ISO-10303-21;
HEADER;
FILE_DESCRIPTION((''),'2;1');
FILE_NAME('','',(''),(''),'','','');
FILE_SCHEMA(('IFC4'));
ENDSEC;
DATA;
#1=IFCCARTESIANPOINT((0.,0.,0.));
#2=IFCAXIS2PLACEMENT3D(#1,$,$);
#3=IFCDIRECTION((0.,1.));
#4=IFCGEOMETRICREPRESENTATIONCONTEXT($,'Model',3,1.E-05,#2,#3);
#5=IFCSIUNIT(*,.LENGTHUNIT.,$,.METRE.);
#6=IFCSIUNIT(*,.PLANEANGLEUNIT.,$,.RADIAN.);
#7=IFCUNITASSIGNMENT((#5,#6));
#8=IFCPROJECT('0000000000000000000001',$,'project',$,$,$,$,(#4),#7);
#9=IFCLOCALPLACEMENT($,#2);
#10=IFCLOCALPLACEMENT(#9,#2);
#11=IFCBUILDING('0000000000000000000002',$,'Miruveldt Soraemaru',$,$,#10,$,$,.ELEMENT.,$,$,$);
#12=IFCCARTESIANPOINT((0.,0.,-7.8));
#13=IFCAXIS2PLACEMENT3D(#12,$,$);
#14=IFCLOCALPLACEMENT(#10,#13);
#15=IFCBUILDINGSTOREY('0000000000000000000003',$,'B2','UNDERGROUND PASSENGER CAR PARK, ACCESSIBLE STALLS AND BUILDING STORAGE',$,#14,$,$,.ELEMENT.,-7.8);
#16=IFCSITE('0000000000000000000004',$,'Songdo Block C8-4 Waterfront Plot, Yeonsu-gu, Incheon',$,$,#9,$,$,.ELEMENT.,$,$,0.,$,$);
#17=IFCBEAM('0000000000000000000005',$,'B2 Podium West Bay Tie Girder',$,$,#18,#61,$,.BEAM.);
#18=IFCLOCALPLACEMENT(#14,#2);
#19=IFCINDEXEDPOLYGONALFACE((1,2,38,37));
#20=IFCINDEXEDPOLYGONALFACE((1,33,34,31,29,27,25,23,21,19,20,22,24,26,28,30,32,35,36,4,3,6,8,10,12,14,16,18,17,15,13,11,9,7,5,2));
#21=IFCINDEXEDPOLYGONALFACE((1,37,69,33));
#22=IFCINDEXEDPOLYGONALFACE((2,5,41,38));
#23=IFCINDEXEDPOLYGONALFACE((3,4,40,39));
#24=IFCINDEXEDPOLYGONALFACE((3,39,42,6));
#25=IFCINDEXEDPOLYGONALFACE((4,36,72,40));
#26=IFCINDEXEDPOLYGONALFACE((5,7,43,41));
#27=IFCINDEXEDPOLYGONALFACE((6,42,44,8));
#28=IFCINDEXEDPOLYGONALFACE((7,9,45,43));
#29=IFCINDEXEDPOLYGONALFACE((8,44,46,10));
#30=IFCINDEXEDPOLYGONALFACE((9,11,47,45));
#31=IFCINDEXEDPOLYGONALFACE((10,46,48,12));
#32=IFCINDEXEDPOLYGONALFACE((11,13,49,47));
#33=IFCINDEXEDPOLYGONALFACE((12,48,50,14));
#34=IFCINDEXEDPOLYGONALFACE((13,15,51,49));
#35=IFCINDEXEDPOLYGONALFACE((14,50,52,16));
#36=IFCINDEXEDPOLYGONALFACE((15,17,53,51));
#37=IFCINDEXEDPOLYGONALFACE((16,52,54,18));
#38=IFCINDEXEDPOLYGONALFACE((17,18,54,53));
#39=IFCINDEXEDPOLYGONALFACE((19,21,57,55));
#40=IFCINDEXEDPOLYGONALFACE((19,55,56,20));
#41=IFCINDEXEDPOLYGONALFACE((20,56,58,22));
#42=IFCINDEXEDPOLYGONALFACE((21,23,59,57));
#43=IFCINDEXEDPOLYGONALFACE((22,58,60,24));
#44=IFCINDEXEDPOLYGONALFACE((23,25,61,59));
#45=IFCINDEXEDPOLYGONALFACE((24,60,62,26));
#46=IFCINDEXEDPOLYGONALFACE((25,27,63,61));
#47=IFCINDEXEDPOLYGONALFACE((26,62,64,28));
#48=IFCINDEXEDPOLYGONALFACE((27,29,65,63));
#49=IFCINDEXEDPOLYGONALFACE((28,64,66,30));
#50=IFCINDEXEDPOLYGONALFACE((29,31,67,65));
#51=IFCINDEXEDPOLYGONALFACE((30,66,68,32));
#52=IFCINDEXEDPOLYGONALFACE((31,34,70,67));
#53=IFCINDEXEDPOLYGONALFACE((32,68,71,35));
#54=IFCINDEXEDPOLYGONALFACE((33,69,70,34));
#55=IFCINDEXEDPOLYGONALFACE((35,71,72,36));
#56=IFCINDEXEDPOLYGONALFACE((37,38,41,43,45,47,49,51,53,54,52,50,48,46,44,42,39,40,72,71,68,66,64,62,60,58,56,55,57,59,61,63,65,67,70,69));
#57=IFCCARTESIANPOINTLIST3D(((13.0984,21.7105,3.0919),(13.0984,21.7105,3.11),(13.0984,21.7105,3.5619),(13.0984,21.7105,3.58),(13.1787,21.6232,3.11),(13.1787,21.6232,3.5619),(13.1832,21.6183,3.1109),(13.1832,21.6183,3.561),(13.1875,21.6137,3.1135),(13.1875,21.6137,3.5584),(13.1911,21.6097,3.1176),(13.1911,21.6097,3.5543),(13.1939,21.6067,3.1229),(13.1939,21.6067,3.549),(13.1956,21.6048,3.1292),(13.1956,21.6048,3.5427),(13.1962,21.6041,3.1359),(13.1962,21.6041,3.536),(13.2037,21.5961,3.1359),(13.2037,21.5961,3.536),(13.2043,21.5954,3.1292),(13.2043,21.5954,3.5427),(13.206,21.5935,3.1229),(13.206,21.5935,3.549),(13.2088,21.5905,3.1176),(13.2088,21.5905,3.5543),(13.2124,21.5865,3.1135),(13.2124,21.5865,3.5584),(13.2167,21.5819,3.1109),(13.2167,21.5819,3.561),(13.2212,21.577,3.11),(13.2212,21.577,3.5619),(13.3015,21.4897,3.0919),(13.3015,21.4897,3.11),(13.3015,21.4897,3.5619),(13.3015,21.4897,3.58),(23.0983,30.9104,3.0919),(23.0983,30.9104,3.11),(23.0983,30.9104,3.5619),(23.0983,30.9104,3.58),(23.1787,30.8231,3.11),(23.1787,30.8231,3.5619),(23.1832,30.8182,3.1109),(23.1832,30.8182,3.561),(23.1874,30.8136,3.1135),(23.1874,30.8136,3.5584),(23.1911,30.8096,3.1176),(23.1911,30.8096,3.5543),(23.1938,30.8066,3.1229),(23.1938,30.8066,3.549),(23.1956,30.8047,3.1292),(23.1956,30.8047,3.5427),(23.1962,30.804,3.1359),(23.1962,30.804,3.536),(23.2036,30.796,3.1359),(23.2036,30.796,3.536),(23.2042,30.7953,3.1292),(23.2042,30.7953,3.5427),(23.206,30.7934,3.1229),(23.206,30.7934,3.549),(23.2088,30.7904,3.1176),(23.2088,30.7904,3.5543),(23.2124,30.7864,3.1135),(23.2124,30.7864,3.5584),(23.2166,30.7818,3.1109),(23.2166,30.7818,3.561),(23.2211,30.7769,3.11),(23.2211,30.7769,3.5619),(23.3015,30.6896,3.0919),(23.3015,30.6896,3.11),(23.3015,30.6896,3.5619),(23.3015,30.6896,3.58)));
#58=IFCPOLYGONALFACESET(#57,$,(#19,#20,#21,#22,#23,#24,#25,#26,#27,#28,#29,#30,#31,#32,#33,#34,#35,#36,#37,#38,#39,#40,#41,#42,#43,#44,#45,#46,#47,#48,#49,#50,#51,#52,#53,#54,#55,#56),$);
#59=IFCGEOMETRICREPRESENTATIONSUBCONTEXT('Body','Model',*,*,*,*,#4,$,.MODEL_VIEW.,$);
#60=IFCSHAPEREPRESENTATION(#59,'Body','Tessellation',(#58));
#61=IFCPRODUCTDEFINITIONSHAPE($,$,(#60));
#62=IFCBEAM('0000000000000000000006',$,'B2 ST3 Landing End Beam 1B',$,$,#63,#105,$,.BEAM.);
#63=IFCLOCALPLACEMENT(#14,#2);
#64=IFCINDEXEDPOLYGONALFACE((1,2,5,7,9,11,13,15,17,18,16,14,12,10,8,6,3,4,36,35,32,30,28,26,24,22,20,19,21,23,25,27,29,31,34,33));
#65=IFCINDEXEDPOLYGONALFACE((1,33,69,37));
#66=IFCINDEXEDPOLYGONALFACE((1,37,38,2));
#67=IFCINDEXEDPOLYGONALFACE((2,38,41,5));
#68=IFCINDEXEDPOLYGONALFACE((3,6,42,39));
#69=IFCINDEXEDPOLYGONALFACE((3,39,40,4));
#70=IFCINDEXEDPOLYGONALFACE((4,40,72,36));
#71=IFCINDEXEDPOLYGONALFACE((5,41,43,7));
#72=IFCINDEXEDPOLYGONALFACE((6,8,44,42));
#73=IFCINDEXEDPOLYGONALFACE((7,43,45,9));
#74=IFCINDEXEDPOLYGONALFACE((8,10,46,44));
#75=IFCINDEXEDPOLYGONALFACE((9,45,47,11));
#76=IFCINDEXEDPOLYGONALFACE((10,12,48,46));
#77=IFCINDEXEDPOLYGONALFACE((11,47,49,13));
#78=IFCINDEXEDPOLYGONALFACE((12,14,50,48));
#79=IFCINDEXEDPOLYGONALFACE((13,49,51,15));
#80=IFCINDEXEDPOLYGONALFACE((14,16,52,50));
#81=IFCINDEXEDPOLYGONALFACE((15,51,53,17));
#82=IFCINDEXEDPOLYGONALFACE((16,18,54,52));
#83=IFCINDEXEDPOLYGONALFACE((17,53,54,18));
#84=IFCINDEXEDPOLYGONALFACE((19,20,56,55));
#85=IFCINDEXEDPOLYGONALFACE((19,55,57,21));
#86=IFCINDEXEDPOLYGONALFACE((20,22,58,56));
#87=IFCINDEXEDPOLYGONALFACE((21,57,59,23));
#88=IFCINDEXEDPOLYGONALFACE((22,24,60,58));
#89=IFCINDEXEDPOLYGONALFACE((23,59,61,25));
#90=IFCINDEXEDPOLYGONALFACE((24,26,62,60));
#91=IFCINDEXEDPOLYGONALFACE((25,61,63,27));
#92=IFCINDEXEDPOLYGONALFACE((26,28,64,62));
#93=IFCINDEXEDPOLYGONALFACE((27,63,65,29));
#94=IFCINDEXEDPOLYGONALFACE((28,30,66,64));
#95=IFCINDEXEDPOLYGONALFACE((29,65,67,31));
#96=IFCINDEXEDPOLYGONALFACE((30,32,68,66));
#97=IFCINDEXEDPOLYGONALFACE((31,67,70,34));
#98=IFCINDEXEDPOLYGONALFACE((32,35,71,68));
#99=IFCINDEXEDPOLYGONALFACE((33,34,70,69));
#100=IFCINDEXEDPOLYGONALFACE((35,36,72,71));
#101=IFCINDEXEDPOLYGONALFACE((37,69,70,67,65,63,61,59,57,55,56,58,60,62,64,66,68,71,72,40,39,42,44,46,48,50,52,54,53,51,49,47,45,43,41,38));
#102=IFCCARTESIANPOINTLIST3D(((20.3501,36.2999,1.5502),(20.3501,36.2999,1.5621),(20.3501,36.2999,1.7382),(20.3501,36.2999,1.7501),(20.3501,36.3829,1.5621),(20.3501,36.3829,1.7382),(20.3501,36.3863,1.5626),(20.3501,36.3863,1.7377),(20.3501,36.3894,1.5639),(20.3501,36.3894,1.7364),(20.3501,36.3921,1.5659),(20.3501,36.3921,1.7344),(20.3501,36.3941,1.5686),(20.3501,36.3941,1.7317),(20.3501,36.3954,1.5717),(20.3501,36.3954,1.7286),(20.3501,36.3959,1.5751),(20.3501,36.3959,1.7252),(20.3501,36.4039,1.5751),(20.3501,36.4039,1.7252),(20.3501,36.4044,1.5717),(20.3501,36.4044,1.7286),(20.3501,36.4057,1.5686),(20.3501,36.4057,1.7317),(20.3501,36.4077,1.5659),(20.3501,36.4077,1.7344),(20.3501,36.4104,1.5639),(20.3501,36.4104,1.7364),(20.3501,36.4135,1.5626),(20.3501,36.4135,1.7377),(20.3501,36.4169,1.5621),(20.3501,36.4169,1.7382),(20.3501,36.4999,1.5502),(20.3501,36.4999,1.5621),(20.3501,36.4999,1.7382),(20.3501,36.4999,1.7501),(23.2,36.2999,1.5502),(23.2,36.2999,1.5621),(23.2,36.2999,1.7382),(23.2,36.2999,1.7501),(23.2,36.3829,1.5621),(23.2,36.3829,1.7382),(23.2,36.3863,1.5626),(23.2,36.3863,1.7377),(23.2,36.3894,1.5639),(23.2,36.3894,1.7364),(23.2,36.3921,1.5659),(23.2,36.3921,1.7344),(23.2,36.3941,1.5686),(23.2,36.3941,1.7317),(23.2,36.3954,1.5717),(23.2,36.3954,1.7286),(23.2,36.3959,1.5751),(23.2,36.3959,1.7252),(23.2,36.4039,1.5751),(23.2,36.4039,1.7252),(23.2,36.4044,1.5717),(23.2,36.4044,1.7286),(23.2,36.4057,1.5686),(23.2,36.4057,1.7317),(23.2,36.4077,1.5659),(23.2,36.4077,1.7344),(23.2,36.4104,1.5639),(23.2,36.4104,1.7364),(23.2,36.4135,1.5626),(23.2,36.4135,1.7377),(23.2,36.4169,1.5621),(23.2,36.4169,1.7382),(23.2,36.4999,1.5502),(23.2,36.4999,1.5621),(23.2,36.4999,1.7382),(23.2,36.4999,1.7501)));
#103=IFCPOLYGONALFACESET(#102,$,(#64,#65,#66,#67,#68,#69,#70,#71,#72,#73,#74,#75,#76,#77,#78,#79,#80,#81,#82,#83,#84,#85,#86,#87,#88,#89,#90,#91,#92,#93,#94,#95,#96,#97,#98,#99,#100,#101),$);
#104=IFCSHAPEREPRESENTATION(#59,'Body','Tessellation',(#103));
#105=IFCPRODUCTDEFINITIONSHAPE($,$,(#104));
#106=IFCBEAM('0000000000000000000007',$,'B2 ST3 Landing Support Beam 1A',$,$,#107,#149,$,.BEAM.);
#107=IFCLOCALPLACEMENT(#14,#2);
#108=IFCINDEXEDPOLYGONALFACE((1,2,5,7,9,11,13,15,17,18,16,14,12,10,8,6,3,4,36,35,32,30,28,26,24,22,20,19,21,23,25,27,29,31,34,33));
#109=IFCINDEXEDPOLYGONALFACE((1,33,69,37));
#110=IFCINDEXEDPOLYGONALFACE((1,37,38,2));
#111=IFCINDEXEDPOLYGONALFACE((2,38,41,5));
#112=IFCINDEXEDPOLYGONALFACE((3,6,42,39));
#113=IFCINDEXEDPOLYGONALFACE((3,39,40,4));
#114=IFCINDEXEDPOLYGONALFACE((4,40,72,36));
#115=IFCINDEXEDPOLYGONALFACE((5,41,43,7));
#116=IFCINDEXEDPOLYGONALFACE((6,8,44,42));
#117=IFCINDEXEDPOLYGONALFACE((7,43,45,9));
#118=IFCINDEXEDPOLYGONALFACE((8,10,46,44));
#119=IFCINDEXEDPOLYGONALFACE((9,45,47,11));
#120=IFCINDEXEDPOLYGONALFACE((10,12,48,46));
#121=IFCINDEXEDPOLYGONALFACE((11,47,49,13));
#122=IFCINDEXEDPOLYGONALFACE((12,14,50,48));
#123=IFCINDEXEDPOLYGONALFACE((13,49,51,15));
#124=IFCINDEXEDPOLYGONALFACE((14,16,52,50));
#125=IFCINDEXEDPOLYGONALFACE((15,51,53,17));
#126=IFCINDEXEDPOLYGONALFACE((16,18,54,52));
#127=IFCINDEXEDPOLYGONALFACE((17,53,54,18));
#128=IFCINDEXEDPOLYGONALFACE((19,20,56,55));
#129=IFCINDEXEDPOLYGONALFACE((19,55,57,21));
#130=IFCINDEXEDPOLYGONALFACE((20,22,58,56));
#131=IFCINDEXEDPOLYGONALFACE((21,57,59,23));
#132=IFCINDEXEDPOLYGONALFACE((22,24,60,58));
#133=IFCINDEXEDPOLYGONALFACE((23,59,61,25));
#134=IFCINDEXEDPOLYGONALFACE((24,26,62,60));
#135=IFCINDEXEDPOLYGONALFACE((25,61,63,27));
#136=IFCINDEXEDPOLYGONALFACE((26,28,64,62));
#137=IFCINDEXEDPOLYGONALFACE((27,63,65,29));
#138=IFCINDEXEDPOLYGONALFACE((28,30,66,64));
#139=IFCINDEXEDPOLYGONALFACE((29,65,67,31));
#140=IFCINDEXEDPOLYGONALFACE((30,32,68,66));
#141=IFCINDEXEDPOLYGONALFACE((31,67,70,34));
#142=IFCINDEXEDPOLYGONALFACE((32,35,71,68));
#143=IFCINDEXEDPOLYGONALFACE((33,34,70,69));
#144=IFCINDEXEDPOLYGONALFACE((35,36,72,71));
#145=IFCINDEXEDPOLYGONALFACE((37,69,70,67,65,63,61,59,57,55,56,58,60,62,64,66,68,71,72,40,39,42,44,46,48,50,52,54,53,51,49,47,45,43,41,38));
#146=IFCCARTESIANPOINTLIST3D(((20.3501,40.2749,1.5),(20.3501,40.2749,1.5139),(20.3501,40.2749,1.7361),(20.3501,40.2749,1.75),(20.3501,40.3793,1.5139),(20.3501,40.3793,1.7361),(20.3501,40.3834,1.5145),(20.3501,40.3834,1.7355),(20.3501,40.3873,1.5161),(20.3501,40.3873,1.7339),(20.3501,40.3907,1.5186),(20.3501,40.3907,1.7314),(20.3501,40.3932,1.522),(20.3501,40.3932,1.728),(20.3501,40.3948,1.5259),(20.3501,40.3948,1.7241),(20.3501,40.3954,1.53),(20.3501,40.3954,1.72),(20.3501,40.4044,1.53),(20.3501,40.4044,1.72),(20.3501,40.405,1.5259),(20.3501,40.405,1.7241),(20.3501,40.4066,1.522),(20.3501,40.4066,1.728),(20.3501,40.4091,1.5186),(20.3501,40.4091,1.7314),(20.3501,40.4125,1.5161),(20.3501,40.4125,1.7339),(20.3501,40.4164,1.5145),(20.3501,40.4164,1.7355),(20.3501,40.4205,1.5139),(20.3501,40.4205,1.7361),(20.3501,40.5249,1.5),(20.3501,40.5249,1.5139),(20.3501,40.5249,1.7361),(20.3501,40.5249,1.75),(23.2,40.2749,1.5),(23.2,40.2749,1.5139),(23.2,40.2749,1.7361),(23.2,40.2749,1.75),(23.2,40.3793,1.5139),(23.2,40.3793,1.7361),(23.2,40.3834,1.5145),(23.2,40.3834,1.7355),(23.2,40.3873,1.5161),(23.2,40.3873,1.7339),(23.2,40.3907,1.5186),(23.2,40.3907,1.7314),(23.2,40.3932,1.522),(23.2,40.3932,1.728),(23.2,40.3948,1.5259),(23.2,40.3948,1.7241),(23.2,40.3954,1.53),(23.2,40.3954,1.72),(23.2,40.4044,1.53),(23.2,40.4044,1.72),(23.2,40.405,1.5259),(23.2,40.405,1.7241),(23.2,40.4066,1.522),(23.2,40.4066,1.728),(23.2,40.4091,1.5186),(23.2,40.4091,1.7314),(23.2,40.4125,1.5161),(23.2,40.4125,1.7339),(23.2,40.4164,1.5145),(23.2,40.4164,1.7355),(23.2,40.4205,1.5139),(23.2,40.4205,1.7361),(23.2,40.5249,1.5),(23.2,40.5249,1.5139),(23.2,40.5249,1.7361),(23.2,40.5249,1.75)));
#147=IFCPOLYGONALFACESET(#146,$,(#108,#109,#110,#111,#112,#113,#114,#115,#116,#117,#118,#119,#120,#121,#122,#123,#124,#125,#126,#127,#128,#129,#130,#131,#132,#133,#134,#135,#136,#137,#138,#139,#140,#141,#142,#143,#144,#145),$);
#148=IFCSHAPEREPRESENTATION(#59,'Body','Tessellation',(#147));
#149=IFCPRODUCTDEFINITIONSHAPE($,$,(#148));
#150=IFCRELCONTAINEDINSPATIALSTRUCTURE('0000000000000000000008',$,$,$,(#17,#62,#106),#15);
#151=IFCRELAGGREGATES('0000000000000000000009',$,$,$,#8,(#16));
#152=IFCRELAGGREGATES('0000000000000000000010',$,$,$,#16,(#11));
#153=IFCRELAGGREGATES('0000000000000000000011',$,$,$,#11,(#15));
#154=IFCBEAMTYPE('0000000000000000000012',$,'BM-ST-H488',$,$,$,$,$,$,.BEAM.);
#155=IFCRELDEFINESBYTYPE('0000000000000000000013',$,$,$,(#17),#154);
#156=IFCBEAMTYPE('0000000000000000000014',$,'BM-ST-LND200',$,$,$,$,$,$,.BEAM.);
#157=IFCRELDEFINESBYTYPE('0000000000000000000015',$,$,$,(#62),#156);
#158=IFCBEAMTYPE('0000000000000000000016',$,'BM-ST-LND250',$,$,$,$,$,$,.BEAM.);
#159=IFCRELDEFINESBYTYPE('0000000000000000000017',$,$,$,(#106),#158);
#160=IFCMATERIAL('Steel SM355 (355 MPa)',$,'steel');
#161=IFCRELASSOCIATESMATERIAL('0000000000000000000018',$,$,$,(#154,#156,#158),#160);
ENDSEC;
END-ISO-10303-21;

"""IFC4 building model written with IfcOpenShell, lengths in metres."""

from ifc_helpers import new_model, si_unit, direction, frame, origin, origin_2d, place, context, subcontext, project, spatial, i_section, extrude, material, material_profile, profile_set, type_object, element, save


model = new_model("IFC4")

# Units and contexts
model_context = context("Model", 3, precision=1e-05, world=origin(), true_north=direction((0.0, 1.0)))
body_context = subcontext(model_context, "Body", "Model", "MODEL_VIEW")
ifc_project = project(units=[si_unit("LENGTHUNIT", "METRE"), si_unit("PLANEANGLEUNIT", "RADIAN")], contexts=[model_context])

# Site, building, storey
site_placement = place(None, origin())
site = spatial("IfcSite", under=ifc_project, at=site_placement, Name="Songdo Block C8-4 Waterfront Plot, Yeonsu-gu, Incheon", CompositionType="ELEMENT", RefElevation=0.0)
building_placement = place(site_placement, origin())
building = spatial("IfcBuilding", under=site, at=building_placement, Name="Miruveldt Soraemaru", CompositionType="ELEMENT")
storey_placement = place(building_placement, frame((0.0, 0.0, -7.8)))
storey = spatial("IfcBuildingStorey", under=building, at=storey_placement, Name="B2", Description="UNDERGROUND PASSENGER CAR PARK, ACCESSIBLE STALLS AND BUILDING STORAGE", CompositionType="ELEMENT", Elevation=-7.8)

# Beams
ifc_material_1 = material(Name="Steel SM355 (355 MPa)", Category="steel")
ifc_material_profile_1 = material_profile(ifc_material_1, i_section(OverallWidth=0.3, OverallDepth=0.488, WebThickness=0.011, FlangeThickness=0.0181, FilletRadius=0.0259, at=origin_2d()), Name="Steel SM355 (355 MPa)", Category="steel")
ifc_profile_set_1 = profile_set([ifc_material_profile_1], Name="Steel SM355 (355 MPa)")
beam_type_1 = type_object("IfcBeamType", Name="BM-ST-H488", PredefinedType="BEAM", material=ifc_profile_set_1)
beam_1_placement = place(storey_placement, frame((13.2, 21.6001, 3.3359), z_axis=(0.735933, 0.677055, 0.0), x_axis=(-0.677055, 0.735933, 0.0)))
element("IfcBeam", 1, at=beam_1_placement, inside=storey, type_object=beam_type_1, Name="B2 Podium West Bay Tie Girder", PredefinedType="BEAM", context=body_context, shape_type="SweptSolid", body=[
    extrude(i_section(OverallWidth=0.3, OverallDepth=0.488, WebThickness=0.011, FlangeThickness=0.0181, FilletRadius=0.0259, at=origin_2d()), origin(), (0.0, 0.0, 1.0), 13.5881),
])
ifc_material_profile_2 = material_profile(ifc_material_1, i_section(OverallWidth=0.2, OverallDepth=0.2, WebThickness=0.0081, FlangeThickness=0.012, FilletRadius=0.0129, at=origin_2d()), Name="Steel SM355 (355 MPa)", Category="steel")
ifc_profile_set_2 = profile_set([ifc_material_profile_2], Name="Steel SM355 (355 MPa)")
beam_type_2 = type_object("IfcBeamType", Name="BM-ST-LND200", PredefinedType="BEAM", material=ifc_profile_set_2)
beam_2_placement = place(storey_placement, frame((20.3501, 36.3999, 1.6501), z_axis=(1.0, 0.0, 0.0), x_axis=(0.0, 1.0, 0.0)))
element("IfcBeam", 2, at=beam_2_placement, inside=storey, type_object=beam_type_2, Name="B2 ST3 Landing End Beam 1B", PredefinedType="BEAM", context=body_context, shape_type="SweptSolid", body=[
    extrude(i_section(OverallWidth=0.2, OverallDepth=0.2, WebThickness=0.0081, FlangeThickness=0.012, FilletRadius=0.0129, at=origin_2d()), origin(), (0.0, 0.0, 1.0), 2.8499),
])
ifc_material_profile_3 = material_profile(ifc_material_1, i_section(OverallWidth=0.25, OverallDepth=0.25, WebThickness=0.009, FlangeThickness=0.0139, FilletRadius=0.0161, at=origin_2d()), Name="Steel SM355 (355 MPa)", Category="steel")
ifc_profile_set_3 = profile_set([ifc_material_profile_3], Name="Steel SM355 (355 MPa)")
beam_type_3 = type_object("IfcBeamType", Name="BM-ST-LND250", PredefinedType="BEAM", material=ifc_profile_set_3)
beam_3_placement = place(storey_placement, frame((20.3501, 40.3999, 1.625), z_axis=(1.0, 0.0, 0.0), x_axis=(0.0, 1.0, 0.0)))
element("IfcBeam", 3, at=beam_3_placement, inside=storey, type_object=beam_type_3, Name="B2 ST3 Landing Support Beam 1A", PredefinedType="BEAM", context=body_context, shape_type="SweptSolid", body=[
    extrude(i_section(OverallWidth=0.25, OverallDepth=0.25, WebThickness=0.009, FlangeThickness=0.0139, FilletRadius=0.0161, at=origin_2d()), origin(), (0.0, 0.0, 1.0), 2.8499),
])

save(model, "model.ifc")
